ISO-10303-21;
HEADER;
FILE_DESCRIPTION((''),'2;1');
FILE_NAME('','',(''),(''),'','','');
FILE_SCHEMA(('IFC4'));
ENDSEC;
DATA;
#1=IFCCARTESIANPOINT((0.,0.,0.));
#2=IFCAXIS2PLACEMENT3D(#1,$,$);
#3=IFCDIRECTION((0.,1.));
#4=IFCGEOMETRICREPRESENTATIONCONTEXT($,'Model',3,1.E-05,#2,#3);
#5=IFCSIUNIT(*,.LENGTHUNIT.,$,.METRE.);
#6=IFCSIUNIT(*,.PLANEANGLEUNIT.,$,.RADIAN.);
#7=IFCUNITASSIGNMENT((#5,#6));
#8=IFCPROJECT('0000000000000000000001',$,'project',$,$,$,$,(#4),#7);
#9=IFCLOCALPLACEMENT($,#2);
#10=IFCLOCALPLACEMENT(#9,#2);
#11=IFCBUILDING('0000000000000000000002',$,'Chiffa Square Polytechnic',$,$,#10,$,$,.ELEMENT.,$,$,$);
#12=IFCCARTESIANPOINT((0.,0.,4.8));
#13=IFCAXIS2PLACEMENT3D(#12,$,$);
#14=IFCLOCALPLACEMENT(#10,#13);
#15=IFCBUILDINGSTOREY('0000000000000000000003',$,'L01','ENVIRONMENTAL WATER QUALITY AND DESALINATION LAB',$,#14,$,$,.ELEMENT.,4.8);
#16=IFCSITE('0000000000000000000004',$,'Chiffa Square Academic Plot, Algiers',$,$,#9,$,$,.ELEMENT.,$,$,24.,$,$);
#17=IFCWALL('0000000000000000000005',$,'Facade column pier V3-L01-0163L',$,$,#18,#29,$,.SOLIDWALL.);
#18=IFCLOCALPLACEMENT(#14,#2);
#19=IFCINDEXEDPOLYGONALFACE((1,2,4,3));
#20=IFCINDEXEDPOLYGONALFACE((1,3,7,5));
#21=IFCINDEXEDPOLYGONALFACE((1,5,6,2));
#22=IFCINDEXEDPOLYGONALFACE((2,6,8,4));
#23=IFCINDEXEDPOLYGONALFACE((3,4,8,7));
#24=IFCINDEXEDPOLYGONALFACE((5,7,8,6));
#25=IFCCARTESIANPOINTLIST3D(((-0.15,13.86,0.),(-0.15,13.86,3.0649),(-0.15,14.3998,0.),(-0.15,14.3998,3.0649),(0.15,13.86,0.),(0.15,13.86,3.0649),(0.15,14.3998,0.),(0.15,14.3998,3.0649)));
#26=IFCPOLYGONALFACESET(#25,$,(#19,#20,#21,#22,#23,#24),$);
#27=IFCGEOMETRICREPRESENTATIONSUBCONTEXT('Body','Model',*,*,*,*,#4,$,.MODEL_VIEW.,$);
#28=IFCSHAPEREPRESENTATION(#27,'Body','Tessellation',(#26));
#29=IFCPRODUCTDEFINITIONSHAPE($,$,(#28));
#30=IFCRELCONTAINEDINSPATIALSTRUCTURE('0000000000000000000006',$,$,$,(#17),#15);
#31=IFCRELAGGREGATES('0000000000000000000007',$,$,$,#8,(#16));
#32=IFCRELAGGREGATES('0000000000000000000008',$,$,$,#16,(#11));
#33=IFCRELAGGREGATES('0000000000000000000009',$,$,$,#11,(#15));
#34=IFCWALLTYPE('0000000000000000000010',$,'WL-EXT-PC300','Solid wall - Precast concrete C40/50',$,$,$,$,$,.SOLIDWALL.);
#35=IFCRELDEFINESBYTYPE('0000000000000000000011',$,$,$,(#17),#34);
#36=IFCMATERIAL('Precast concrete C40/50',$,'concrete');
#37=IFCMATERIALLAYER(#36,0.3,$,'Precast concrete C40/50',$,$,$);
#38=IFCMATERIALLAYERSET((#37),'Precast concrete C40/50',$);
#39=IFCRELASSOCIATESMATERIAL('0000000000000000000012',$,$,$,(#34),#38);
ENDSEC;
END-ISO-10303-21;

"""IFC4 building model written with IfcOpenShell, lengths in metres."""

from ifc_helpers import new_model, si_unit, direction, frame, frame_2d, origin, place, context, subcontext, project, spatial, rectangle, extrude, material, layer, layer_set, type_object, element, save


model = new_model("IFC4")

# Units and contexts
model_context = context("Model", 3, precision=1e-05, world=origin(), true_north=direction((0.0, 1.0)))
body_context = subcontext(model_context, "Body", "Model", "MODEL_VIEW")
ifc_project = project(units=[si_unit("LENGTHUNIT", "METRE"), si_unit("PLANEANGLEUNIT", "RADIAN")], contexts=[model_context])

# Site, building, storey
site_placement = place(None, origin())
site = spatial("IfcSite", under=ifc_project, at=site_placement, Name="Chiffa Square Academic Plot, Algiers", CompositionType="ELEMENT", RefElevation=24.0)
building_placement = place(site_placement, origin())
building = spatial("IfcBuilding", under=site, at=building_placement, Name="Chiffa Square Polytechnic", CompositionType="ELEMENT")
storey_placement = place(building_placement, frame((0.0, 0.0, 4.8)))
storey = spatial("IfcBuildingStorey", under=building, at=storey_placement, Name="L01", Description="ENVIRONMENTAL WATER QUALITY AND DESALINATION LAB", CompositionType="ELEMENT", Elevation=4.8)

# Wall
ifc_material_1 = material(Name="Precast concrete C40/50", Category="concrete")
ifc_layer_1 = layer(ifc_material_1, 0.3, Name="Precast concrete C40/50")
ifc_layer_set_1 = layer_set([ifc_layer_1], Name="Precast concrete C40/50")
wall_type = type_object("IfcWallType", Name="WL-EXT-PC300", Description="Solid wall - Precast concrete C40/50", PredefinedType="SOLIDWALL", material=ifc_layer_set_1)
wall_placement = place(storey_placement, frame((0.0, 14.3999, 0.0), z_axis=(0.0, 0.0, 1.0), x_axis=(0.0, -1.0, 0.0)))
element("IfcWall", 1, at=wall_placement, inside=storey, type_object=wall_type, Name="Facade column pier V3-L01-0163L", PredefinedType="SOLIDWALL", context=body_context, shape_type="SweptSolid", body=[
    extrude(rectangle(XDim=0.5398, YDim=0.3, at=frame_2d((0.27, 0.0))), origin(), (0.0, 0.0, 1.0), 3.0649),
])

save(model, "model.ifc")
